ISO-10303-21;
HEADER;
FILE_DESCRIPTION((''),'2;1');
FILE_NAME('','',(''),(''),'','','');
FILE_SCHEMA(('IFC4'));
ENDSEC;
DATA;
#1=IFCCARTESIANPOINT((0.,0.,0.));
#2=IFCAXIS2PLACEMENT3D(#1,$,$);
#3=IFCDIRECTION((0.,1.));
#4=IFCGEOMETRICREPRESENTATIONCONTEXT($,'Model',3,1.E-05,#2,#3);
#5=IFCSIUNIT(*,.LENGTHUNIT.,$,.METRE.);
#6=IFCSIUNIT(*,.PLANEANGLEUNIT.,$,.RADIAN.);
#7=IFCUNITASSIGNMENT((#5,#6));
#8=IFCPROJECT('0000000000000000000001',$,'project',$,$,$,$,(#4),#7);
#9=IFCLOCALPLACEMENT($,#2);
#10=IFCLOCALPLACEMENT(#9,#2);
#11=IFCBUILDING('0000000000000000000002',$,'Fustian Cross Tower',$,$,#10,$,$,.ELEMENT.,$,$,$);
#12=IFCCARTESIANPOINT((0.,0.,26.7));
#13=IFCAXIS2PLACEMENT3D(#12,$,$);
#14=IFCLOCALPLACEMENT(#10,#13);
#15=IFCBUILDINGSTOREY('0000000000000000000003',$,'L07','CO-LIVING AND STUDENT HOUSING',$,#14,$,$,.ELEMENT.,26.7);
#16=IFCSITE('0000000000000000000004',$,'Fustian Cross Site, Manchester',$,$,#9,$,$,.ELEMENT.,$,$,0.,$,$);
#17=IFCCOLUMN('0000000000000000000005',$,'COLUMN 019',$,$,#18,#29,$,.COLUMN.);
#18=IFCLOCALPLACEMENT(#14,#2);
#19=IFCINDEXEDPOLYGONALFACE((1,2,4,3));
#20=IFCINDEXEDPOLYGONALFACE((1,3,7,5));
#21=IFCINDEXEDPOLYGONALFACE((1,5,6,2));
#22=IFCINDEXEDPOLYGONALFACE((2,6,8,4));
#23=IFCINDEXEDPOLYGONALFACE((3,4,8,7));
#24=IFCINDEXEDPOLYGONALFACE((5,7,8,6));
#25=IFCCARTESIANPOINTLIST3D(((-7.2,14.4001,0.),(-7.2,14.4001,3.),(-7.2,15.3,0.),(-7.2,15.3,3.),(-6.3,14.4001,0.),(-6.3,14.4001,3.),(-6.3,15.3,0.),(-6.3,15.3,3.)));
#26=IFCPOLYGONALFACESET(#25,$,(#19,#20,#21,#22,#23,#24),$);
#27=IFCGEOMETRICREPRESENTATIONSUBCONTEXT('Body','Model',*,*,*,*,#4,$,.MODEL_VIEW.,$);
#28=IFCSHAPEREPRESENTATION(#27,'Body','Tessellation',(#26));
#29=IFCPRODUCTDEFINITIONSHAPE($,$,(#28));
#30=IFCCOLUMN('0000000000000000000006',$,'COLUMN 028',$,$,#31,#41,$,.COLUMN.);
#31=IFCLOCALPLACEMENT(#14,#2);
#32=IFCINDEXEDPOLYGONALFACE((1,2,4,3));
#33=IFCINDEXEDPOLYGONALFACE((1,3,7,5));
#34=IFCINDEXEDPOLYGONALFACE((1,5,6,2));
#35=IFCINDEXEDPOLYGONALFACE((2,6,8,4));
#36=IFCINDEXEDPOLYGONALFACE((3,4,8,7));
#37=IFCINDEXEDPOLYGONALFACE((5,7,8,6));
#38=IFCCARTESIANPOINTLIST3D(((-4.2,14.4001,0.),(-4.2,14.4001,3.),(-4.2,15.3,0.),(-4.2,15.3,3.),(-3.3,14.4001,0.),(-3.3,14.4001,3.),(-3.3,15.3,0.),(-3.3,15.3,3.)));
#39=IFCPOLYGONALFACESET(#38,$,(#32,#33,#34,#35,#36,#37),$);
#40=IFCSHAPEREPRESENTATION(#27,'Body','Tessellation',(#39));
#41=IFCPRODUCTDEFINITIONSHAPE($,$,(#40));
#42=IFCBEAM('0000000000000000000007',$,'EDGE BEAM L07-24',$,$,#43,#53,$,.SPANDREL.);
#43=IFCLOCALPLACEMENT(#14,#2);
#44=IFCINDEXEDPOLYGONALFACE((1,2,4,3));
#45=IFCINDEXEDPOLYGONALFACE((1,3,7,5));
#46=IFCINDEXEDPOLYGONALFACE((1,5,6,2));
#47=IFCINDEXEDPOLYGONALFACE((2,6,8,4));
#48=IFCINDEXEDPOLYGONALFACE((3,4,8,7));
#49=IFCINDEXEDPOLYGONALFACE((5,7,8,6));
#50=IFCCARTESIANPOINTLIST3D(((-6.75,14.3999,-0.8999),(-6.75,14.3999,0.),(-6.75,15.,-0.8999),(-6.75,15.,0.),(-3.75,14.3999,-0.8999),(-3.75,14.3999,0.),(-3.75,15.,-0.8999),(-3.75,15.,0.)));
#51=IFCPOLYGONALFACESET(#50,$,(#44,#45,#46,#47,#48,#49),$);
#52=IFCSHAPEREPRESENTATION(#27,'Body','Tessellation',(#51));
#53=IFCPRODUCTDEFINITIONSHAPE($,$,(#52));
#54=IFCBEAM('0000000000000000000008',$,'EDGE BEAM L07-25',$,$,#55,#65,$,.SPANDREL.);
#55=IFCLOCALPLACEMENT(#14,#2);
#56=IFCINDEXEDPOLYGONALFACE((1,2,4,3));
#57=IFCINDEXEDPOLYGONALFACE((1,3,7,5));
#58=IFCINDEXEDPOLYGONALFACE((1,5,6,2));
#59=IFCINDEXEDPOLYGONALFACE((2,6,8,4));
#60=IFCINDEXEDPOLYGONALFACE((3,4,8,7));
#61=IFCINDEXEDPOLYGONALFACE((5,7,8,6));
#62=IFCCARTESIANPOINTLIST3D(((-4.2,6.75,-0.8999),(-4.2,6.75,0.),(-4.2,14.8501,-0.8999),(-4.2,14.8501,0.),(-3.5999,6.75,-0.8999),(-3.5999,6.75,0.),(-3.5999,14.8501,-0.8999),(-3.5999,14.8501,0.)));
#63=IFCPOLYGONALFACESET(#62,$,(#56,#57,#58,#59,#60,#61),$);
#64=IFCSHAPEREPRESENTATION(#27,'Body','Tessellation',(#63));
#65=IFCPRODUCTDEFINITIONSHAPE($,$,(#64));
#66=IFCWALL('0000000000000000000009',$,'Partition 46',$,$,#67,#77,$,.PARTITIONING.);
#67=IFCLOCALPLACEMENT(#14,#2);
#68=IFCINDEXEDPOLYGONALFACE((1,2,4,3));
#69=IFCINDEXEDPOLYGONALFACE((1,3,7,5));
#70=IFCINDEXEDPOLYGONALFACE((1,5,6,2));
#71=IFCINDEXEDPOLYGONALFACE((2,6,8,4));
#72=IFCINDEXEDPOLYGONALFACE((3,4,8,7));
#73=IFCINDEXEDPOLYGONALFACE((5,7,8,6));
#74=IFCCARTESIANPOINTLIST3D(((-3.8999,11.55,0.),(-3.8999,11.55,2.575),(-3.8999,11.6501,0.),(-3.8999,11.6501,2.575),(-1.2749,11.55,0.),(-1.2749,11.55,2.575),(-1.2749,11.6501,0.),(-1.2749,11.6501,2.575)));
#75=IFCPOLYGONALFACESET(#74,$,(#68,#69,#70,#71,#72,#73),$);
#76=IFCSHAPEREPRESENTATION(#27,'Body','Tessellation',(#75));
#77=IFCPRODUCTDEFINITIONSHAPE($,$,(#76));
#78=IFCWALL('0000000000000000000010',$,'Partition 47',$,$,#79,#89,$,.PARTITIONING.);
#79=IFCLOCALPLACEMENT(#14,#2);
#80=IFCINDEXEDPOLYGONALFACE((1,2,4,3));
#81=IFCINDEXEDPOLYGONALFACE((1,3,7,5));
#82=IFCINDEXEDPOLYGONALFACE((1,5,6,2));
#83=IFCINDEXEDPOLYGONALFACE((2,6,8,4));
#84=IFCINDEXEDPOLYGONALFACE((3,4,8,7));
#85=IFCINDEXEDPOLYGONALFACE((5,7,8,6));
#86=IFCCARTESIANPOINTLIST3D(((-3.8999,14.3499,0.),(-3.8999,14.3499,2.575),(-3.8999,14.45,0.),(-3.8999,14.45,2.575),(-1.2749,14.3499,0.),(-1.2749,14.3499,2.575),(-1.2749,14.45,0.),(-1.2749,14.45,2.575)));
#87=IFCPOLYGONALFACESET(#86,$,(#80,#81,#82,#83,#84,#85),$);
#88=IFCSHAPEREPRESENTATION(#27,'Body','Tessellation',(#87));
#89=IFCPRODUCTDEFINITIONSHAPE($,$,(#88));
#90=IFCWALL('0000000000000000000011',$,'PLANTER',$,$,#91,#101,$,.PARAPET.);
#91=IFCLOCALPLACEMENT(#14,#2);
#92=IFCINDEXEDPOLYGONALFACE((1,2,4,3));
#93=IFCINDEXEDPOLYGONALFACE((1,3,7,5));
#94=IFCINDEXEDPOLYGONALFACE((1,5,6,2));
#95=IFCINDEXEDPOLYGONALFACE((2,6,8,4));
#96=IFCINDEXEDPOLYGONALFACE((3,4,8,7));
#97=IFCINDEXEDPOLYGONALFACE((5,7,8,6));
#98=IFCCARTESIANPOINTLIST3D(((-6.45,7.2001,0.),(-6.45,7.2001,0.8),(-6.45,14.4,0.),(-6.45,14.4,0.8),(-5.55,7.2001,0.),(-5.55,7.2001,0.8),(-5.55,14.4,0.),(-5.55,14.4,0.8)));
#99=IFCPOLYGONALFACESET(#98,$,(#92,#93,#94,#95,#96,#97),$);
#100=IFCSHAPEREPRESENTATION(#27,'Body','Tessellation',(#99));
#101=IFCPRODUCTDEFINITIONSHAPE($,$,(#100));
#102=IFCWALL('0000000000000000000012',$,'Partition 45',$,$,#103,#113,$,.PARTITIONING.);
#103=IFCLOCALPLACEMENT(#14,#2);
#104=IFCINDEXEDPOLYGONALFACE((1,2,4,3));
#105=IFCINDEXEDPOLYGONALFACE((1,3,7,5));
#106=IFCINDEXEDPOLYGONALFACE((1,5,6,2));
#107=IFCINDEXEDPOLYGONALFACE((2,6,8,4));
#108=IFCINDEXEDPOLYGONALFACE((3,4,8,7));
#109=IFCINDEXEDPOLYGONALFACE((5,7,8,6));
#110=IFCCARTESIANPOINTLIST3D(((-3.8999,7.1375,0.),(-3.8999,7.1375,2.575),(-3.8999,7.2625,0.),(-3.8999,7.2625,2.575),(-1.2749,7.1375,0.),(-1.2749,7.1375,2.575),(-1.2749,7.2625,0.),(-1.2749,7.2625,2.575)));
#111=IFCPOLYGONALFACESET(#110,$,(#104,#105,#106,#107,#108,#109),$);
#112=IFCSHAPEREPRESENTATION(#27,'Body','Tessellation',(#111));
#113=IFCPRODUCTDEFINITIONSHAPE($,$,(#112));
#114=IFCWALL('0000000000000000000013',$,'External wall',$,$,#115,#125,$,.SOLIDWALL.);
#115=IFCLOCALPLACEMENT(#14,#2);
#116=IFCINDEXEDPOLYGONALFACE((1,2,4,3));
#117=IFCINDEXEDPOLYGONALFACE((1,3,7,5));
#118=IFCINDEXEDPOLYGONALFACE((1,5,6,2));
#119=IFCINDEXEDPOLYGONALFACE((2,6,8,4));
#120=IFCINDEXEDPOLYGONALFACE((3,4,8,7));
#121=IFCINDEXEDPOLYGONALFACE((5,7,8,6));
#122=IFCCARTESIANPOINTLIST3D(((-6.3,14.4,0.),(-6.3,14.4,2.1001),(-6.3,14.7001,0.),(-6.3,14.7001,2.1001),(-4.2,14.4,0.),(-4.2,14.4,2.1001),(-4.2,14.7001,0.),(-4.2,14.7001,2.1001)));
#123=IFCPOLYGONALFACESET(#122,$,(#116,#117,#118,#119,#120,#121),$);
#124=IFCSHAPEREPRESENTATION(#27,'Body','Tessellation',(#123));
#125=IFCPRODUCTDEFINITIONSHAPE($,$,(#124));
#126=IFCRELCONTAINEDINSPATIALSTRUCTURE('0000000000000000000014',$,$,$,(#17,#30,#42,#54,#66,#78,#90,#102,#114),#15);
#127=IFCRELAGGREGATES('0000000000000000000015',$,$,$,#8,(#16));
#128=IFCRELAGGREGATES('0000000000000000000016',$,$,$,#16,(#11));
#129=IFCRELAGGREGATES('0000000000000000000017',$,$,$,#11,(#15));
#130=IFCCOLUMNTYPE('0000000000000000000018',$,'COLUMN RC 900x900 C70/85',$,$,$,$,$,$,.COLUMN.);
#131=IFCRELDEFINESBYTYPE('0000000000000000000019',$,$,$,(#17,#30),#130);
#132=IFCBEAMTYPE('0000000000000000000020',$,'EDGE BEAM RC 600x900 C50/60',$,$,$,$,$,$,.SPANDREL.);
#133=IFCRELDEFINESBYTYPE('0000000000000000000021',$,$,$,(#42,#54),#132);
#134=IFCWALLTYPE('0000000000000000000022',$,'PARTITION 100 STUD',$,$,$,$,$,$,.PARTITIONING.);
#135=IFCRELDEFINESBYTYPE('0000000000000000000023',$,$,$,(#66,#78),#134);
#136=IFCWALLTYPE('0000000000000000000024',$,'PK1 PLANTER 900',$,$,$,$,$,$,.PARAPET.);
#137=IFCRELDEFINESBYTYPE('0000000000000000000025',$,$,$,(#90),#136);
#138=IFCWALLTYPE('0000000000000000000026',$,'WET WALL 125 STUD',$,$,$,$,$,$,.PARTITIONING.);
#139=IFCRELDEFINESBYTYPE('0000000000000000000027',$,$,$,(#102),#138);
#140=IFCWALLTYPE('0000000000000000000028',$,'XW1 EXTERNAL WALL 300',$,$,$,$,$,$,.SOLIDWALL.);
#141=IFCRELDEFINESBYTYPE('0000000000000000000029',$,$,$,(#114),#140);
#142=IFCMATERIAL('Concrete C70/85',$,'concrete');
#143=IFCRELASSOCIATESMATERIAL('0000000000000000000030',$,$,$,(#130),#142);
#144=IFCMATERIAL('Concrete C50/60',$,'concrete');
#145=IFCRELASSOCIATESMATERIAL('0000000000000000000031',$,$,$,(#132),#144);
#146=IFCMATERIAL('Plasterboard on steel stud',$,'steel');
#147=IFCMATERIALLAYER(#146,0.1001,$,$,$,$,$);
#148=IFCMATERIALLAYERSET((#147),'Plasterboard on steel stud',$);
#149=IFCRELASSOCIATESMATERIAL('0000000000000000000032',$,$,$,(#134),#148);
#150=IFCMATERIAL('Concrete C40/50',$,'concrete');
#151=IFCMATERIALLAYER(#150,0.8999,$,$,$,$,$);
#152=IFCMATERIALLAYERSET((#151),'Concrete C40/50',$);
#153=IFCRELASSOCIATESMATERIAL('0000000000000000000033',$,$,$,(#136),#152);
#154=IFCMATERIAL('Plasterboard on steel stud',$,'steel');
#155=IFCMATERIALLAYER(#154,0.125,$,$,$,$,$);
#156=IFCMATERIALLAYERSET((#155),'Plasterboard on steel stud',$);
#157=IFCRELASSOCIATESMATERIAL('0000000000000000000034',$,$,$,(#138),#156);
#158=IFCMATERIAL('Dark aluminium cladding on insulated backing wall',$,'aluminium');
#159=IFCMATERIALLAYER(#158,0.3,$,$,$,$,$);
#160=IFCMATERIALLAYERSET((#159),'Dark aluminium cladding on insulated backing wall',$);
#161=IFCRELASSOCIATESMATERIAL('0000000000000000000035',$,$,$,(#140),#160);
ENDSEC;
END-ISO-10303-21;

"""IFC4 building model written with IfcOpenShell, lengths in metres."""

from ifc_helpers import new_model, si_unit, direction, frame, frame_2d, origin, origin_2d, place, context, subcontext, project, spatial, rectangle, extrude, material, layer, layer_set, material_profile, profile_set, type_object, element, save


model = new_model("IFC4")

# Units and contexts
model_context = context("Model", 3, precision=1e-05, world=origin(), true_north=direction((0.0, 1.0)))
body_context = subcontext(model_context, "Body", "Model", "MODEL_VIEW")
ifc_project = project(units=[si_unit("LENGTHUNIT", "METRE"), si_unit("PLANEANGLEUNIT", "RADIAN")], contexts=[model_context])

# Site, building, storey
site_placement = place(None, origin())
site = spatial("IfcSite", under=ifc_project, at=site_placement, Name="Fustian Cross Site, Manchester", CompositionType="ELEMENT", RefElevation=0.0)
building_placement = place(site_placement, origin())
building = spatial("IfcBuilding", under=site, at=building_placement, Name="Fustian Cross Tower", CompositionType="ELEMENT")
storey_placement = place(building_placement, frame((0.0, 0.0, 26.7)))
storey = spatial("IfcBuildingStorey", under=building, at=storey_placement, Name="L07", Description="CO-LIVING AND STUDENT HOUSING", CompositionType="ELEMENT", Elevation=26.7)

# Columns
ifc_material_1 = material(Name="Concrete C70/85", Category="concrete")
ifc_material_profile_1 = material_profile(ifc_material_1, rectangle(XDim=0.8999, YDim=0.8999, at=origin_2d()), Name="RC 900x900")
ifc_profile_set_1 = profile_set([ifc_material_profile_1], Name="Concrete C70/85")
column_type = type_object("IfcColumnType", Name="COLUMN RC 900x900 C70/85", PredefinedType="COLUMN", material=ifc_profile_set_1)
for number, where, z_axis, x_axis, name in (
    (1, (-6.75, 14.8501, 0.0), (0.0, 0.0, 1.0), (1.0, 0.0, 0.0), "COLUMN 019"),
    (2, (-3.75, 14.8501, 0.0), (0.0, 0.0, 1.0), (1.0, 0.0, 0.0), "COLUMN 028"),
):
    element("IfcColumn", number, at=place(storey_placement, frame(where, z_axis=z_axis, x_axis=x_axis)), inside=storey, type_object=column_type, Name=name, PredefinedType="COLUMN", context=body_context, shape_type="SweptSolid", body=[
        extrude(rectangle(XDim=0.8999, YDim=0.8999, at=origin_2d()), origin(), (0.0, 0.0, 1.0), 3.0),
    ])

# Beams
ifc_material_2 = material(Name="Concrete C50/60", Category="concrete")
ifc_material_profile_2 = material_profile(ifc_material_2, rectangle(XDim=0.6001, YDim=0.8999, at=origin_2d()), Name="RC 600x900")
ifc_profile_set_2 = profile_set([ifc_material_profile_2], Name="Concrete C50/60")
beam_type = type_object("IfcBeamType", Name="EDGE BEAM RC 600x900 C50/60", PredefinedType="SPANDREL", material=ifc_profile_set_2)
beam_1_placement = place(storey_placement, frame((-6.75, 14.7, -0.45), z_axis=(1.0, 0.0, 0.0), x_axis=(0.0, 1.0, 0.0)))
element("IfcBeam", 3, at=beam_1_placement, inside=storey, type_object=beam_type, Name="EDGE BEAM L07-24", PredefinedType="SPANDREL", context=body_context, shape_type="SweptSolid", body=[
    extrude(rectangle(XDim=0.6001, YDim=0.8999, at=origin_2d()), origin(), (0.0, 0.0, 1.0), 3.0),
])
beam_2_placement = place(storey_placement, frame((-3.8999, 14.8501, -0.45), z_axis=(0.0, -1.0, 0.0), x_axis=(1.0, 0.0, 0.0)))
element("IfcBeam", 4, at=beam_2_placement, inside=storey, type_object=beam_type, Name="EDGE BEAM L07-25", PredefinedType="SPANDREL", context=body_context, shape_type="SweptSolid", body=[
    extrude(rectangle(XDim=0.6001, YDim=0.8999, at=origin_2d()), origin(), (0.0, 0.0, 1.0), 8.1001),
])

# Walls
ifc_material_3 = material(Name="Plasterboard on steel stud", Category="steel")
ifc_layer_1 = layer(ifc_material_3, 0.1001)
ifc_layer_set_1 = layer_set([ifc_layer_1], Name="Plasterboard on steel stud")
wall_type_1 = type_object("IfcWallType", Name="PARTITION 100 STUD", PredefinedType="PARTITIONING", material=ifc_layer_set_1)
for number, where, z_axis, x_axis, name in (
    (5, (-3.8999, 11.6001, 0.0), (0.0, 0.0, 1.0), (1.0, 0.0, 0.0), "Partition 46"),
    (6, (-3.8999, 14.3999, 0.0), (0.0, 0.0, 1.0), (1.0, 0.0, 0.0), "Partition 47"),
):
    element("IfcWall", number, at=place(storey_placement, frame(where, z_axis=z_axis, x_axis=x_axis)), inside=storey, type_object=wall_type_1, Name=name, PredefinedType="PARTITIONING", context=body_context, shape_type="SweptSolid", body=[
        extrude(rectangle(XDim=2.625, YDim=0.1001, at=frame_2d((1.3125, 0.0))), origin(), (0.0, 0.0, 1.0), 2.575),
    ])
ifc_material_4 = material(Name="Concrete C40/50", Category="concrete")
ifc_layer_2 = layer(ifc_material_4, 0.8999)
ifc_layer_set_2 = layer_set([ifc_layer_2], Name="Concrete C40/50")
wall_type_2 = type_object("IfcWallType", Name="PK1 PLANTER 900", PredefinedType="PARAPET", material=ifc_layer_set_2)
wall_1_placement = place(storey_placement, frame((-6.0, 7.2, 0.0), z_axis=(0.0, 0.0, 1.0), x_axis=(0.0, 1.0, 0.0)))
element("IfcWall", 7, at=wall_1_placement, inside=storey, type_object=wall_type_2, Name="PLANTER", PredefinedType="PARAPET", context=body_context, shape_type="SweptSolid", body=[
    extrude(rectangle(XDim=7.2, YDim=0.8999, at=frame_2d((3.6001, 0.0))), origin(), (0.0, 0.0, 1.0), 0.8),
])
ifc_material_5 = material(Name="Plasterboard on steel stud", Category="steel")
ifc_layer_3 = layer(ifc_material_5, 0.125)
ifc_layer_set_3 = layer_set([ifc_layer_3], Name="Plasterboard on steel stud")
wall_type_3 = type_object("IfcWallType", Name="WET WALL 125 STUD", PredefinedType="PARTITIONING", material=ifc_layer_set_3)
wall_2_placement = place(storey_placement, frame((-3.8999, 7.2, 0.0), z_axis=(0.0, 0.0, 1.0), x_axis=(1.0, 0.0, 0.0)))
element("IfcWall", 8, at=wall_2_placement, inside=storey, type_object=wall_type_3, Name="Partition 45", PredefinedType="PARTITIONING", context=body_context, shape_type="SweptSolid", body=[
    extrude(rectangle(XDim=2.625, YDim=0.125, at=frame_2d((1.3125, 0.0))), origin(), (0.0, 0.0, 1.0), 2.575),
])
ifc_material_6 = material(Name="Dark aluminium cladding on insulated backing wall", Category="aluminium")
ifc_layer_4 = layer(ifc_material_6, 0.3)
ifc_layer_set_4 = layer_set([ifc_layer_4], Name="Dark aluminium cladding on insulated backing wall")
wall_type_4 = type_object("IfcWallType", Name="XW1 EXTERNAL WALL 300", PredefinedType="SOLIDWALL", material=ifc_layer_set_4)
wall_3_placement = place(storey_placement, frame((-6.3, 14.55, 0.0), z_axis=(0.0, 0.0, 1.0), x_axis=(1.0, 0.0, 0.0)))
element("IfcWall", 9, at=wall_3_placement, inside=storey, type_object=wall_type_4, Name="External wall", PredefinedType="SOLIDWALL", context=body_context, shape_type="SweptSolid", body=[
    extrude(rectangle(XDim=2.1001, YDim=0.3, at=frame_2d((1.05, 0.0))), origin(), (0.0, 0.0, 1.0), 2.1001),
])

save(model, "model.ifc")
